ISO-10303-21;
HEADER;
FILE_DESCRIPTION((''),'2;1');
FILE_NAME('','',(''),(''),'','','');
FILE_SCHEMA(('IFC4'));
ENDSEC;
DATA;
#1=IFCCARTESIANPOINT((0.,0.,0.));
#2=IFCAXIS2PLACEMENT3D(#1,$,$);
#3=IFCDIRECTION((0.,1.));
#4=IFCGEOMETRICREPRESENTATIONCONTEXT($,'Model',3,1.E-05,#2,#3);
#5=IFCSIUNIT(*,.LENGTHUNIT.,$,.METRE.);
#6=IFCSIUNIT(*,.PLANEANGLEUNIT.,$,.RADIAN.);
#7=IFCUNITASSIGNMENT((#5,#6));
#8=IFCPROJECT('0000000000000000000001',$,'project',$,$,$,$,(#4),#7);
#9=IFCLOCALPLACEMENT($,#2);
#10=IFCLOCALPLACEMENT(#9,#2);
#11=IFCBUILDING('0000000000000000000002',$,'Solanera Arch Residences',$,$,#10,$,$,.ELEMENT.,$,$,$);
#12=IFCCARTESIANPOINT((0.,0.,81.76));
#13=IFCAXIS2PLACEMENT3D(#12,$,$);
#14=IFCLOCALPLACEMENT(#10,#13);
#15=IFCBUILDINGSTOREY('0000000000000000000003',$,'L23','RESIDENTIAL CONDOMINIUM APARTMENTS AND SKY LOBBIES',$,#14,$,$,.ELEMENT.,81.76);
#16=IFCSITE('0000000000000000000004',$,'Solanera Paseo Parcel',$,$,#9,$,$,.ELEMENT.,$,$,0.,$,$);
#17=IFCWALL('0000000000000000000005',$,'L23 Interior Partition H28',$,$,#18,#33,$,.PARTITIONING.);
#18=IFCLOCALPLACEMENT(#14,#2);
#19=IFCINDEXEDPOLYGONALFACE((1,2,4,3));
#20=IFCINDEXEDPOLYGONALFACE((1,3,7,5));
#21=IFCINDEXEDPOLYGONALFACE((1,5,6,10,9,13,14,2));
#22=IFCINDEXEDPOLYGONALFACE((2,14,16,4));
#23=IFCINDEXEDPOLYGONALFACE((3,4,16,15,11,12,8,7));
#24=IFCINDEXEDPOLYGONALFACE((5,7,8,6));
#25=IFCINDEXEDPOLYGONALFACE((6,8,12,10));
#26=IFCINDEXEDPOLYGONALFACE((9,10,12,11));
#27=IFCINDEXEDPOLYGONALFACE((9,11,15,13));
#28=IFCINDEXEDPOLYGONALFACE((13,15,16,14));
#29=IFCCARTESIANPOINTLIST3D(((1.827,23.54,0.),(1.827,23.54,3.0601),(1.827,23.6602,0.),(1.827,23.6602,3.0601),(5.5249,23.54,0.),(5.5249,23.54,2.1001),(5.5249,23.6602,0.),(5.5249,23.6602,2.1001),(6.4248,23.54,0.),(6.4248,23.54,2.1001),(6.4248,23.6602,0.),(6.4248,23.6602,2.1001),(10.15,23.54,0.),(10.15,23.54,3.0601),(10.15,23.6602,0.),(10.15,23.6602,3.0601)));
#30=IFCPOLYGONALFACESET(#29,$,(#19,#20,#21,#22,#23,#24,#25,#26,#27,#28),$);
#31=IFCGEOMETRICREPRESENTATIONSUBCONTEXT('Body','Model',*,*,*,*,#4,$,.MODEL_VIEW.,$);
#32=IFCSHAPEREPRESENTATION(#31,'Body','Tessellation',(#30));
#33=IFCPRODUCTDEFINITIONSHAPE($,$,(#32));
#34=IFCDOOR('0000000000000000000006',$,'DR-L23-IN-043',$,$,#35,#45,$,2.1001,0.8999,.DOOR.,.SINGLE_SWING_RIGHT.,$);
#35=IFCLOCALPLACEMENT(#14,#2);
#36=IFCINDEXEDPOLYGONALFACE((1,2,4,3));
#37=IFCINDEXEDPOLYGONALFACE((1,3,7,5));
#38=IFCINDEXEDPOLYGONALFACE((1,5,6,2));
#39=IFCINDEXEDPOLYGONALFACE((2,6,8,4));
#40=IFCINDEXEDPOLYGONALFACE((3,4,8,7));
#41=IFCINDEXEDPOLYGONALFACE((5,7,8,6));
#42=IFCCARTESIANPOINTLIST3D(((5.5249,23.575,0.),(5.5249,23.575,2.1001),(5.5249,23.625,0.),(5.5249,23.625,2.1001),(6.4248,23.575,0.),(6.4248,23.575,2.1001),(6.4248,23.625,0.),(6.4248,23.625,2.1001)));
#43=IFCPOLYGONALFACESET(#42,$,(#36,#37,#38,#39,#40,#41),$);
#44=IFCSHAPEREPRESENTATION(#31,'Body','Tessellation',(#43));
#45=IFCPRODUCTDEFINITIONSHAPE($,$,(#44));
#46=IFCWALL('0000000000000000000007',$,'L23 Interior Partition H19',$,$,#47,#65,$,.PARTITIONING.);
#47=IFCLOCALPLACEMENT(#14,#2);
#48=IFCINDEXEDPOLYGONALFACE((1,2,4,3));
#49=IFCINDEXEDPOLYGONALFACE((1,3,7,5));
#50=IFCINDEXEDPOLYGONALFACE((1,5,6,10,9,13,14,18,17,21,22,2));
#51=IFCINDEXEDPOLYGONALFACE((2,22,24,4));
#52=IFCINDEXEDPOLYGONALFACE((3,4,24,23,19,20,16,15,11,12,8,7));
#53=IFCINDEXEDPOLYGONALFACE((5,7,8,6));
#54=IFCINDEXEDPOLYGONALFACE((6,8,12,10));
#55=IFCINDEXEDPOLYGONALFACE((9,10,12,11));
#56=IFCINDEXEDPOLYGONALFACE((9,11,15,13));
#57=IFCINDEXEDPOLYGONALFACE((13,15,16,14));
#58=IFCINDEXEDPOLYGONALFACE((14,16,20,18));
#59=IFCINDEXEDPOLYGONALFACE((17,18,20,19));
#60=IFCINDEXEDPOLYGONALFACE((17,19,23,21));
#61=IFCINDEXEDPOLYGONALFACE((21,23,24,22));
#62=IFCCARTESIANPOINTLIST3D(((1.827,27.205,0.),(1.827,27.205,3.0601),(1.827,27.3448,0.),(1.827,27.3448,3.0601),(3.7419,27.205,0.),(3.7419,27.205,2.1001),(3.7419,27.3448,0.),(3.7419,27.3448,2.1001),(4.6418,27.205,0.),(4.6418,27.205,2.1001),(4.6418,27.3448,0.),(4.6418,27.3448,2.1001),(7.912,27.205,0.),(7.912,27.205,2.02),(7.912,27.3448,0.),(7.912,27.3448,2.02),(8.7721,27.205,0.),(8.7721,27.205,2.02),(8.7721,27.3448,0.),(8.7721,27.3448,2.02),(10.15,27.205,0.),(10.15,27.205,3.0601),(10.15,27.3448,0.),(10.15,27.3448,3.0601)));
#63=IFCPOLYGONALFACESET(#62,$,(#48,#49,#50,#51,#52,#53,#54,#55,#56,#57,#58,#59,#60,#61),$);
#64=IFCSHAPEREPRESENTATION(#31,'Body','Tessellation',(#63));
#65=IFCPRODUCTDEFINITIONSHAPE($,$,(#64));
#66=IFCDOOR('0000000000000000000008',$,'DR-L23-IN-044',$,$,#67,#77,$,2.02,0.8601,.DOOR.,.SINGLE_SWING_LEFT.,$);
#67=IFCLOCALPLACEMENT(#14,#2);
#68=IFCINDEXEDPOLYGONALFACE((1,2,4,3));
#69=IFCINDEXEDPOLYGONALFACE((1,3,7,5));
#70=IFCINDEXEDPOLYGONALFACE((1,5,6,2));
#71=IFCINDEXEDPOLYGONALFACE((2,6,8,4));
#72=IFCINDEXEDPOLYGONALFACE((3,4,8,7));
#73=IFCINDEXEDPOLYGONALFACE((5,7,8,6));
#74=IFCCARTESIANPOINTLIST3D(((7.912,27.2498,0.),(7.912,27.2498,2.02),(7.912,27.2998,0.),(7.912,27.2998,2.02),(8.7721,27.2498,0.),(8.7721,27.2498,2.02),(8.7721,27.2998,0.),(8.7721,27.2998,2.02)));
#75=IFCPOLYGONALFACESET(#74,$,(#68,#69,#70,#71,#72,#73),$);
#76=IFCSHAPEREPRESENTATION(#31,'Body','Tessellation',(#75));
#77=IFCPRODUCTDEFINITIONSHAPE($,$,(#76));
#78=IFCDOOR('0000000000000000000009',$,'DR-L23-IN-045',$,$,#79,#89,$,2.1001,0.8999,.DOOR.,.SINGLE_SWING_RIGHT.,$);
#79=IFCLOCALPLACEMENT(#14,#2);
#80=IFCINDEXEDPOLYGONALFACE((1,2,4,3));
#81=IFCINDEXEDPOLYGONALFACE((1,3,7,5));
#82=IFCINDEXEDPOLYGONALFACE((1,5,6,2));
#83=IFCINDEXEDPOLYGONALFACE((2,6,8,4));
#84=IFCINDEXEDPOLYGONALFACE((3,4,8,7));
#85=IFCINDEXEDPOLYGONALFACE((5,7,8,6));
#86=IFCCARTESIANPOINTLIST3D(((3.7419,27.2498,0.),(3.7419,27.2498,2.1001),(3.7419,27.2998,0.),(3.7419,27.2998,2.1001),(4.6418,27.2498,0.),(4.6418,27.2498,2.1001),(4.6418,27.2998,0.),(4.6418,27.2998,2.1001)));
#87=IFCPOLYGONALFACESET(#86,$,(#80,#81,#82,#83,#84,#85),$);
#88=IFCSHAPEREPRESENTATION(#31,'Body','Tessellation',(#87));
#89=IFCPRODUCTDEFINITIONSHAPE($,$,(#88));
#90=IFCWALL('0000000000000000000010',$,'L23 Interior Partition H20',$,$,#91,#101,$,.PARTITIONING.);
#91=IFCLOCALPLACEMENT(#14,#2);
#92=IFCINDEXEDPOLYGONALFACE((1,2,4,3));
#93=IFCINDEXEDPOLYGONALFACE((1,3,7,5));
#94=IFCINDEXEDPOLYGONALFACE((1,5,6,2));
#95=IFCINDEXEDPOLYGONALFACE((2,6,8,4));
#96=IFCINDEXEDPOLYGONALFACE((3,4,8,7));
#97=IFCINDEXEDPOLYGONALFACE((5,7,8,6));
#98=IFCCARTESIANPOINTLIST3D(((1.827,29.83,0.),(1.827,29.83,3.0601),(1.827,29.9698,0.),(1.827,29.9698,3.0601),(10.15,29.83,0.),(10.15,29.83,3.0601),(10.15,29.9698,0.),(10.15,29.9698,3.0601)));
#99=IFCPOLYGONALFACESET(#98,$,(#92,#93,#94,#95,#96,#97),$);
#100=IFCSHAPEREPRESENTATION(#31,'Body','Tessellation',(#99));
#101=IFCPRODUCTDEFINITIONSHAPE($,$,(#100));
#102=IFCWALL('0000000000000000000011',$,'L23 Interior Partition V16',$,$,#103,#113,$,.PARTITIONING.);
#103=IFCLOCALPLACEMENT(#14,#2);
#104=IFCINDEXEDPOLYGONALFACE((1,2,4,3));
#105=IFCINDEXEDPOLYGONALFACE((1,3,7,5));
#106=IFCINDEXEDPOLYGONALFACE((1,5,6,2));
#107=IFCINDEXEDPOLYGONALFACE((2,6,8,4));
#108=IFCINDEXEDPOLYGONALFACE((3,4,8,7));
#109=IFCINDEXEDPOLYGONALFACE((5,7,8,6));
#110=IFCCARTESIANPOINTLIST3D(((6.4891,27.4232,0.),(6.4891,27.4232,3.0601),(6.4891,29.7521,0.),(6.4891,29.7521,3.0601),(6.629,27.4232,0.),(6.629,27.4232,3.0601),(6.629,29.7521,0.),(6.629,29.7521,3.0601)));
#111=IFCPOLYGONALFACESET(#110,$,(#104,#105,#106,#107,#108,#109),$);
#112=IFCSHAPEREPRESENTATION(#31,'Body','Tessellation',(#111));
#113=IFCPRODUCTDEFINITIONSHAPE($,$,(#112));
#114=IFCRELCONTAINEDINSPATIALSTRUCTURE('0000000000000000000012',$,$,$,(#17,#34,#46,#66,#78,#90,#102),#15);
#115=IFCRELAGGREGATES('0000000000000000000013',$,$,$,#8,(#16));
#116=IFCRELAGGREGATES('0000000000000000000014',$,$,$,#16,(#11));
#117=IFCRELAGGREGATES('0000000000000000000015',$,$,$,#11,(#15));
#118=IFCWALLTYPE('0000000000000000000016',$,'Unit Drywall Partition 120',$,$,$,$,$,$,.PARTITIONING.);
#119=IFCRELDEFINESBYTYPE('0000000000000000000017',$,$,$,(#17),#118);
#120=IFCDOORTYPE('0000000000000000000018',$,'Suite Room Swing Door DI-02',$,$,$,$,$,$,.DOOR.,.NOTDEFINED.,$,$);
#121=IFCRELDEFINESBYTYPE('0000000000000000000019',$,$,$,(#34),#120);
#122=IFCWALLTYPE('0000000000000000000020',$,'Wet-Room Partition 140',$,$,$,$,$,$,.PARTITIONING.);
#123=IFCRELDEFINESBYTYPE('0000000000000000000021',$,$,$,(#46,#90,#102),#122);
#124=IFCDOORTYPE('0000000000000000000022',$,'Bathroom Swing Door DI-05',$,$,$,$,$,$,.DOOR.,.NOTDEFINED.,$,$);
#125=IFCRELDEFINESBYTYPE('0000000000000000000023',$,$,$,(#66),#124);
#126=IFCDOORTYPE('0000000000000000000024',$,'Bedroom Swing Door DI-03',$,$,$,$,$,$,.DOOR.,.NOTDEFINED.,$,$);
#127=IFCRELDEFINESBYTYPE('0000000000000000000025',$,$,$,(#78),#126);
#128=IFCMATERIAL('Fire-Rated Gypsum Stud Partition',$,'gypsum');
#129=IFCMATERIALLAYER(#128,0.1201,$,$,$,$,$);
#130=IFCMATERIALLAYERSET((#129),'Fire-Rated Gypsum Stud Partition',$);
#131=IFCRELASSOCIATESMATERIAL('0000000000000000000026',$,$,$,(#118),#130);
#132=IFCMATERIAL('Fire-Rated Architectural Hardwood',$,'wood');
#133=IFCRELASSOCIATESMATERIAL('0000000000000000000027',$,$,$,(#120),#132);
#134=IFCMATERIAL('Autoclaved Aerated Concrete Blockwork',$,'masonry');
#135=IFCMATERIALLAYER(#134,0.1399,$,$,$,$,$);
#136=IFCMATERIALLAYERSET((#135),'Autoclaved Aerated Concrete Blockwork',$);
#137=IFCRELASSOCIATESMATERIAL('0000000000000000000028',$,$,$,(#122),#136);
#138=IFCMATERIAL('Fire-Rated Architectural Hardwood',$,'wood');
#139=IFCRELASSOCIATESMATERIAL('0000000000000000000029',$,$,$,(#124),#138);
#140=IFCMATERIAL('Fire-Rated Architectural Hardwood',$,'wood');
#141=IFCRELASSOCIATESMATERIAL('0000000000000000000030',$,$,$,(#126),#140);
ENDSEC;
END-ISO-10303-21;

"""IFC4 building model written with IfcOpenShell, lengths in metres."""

from ifc_helpers import new_model, si_unit, direction, frame, frame_2d, origin, place, context, subcontext, project, spatial, rectangle, extrude, material, layer, layer_set, type_object, element, fill, save


model = new_model("IFC4")

# Units and contexts
model_context = context("Model", 3, precision=1e-05, world=origin(), true_north=direction((0.0, 1.0)))
body_context = subcontext(model_context, "Body", "Model", "MODEL_VIEW")
ifc_project = project(units=[si_unit("LENGTHUNIT", "METRE"), si_unit("PLANEANGLEUNIT", "RADIAN")], contexts=[model_context])

# Site, building, storey
site_placement = place(None, origin())
site = spatial("IfcSite", under=ifc_project, at=site_placement, Name="Solanera Paseo Parcel", CompositionType="ELEMENT", RefElevation=0.0)
building_placement = place(site_placement, origin())
building = spatial("IfcBuilding", under=site, at=building_placement, Name="Solanera Arch Residences", CompositionType="ELEMENT")
storey_placement = place(building_placement, frame((0.0, 0.0, 81.76)))
storey = spatial("IfcBuildingStorey", under=building, at=storey_placement, Name="L23", Description="RESIDENTIAL CONDOMINIUM APARTMENTS AND SKY LOBBIES", CompositionType="ELEMENT", Elevation=81.76)

# Wall, opening, door
ifc_material_1 = material(Name="Fire-Rated Gypsum Stud Partition", Category="gypsum")
ifc_layer_1 = layer(ifc_material_1, 0.1201)
ifc_layer_set_1 = layer_set([ifc_layer_1], Name="Fire-Rated Gypsum Stud Partition")
wall_type_1 = type_object("IfcWallType", Name="Unit Drywall Partition 120", PredefinedType="PARTITIONING", material=ifc_layer_set_1)
wall_1_placement = place(storey_placement, frame((1.8269, 23.6001, 0.0), z_axis=(0.0, 0.0, 1.0), x_axis=(1.0, 0.0, 0.0)))
wall_1 = element("IfcWall", 1, at=wall_1_placement, inside=storey, type_object=wall_type_1, Name="L23 Interior Partition H28", PredefinedType="PARTITIONING", context=body_context, shape_type="SweptSolid", body=[
    extrude(rectangle(XDim=8.323, YDim=0.1201, at=frame_2d((4.1616, 0.0))), origin(), (0.0, 0.0, 1.0), 3.0601),
])
opening_1_placement = place(wall_1_placement, frame((3.698, 0.0, 0.0)))
opening_1 = element("IfcOpeningElement", 2, at=opening_1_placement, cuts=wall_1, PredefinedType="OPENING", context=body_context, shape_type="SweptSolid", body=[
    extrude(rectangle(XDim=0.8999, YDim=2.1001, at=frame_2d((0.45, 1.05))), frame((0.0, 0.0701, 0.0), z_axis=(0.0, -1.0, 0.0), x_axis=(1.0, 0.0, 0.0)), (0.0, 0.0, 1.0), 0.1401),
])
ifc_material_2 = material(Name="Fire-Rated Architectural Hardwood", Category="wood")
door_type_1 = type_object("IfcDoorType", Name="Suite Room Swing Door DI-02", OperationType="NOTDEFINED", PredefinedType="DOOR", material=ifc_material_2)
door_1_placement = place(opening_1_placement, origin())
door_1 = element("IfcDoor", 3, at=door_1_placement, inside=storey, type_object=door_type_1, Name="DR-L23-IN-043", OperationType="SINGLE_SWING_RIGHT", OverallHeight=2.1001, OverallWidth=0.8999, PredefinedType="DOOR", context=body_context, shape_type="SweptSolid", body=[
    extrude(rectangle(XDim=0.8999, YDim=2.1001, at=frame_2d((0.45, 1.05))), frame((0.0, 0.0249, 0.0), z_axis=(0.0, -1.0, 0.0), x_axis=(1.0, 0.0, 0.0)), (0.0, 0.0, 1.0), 0.05),
])
fill(opening_1, door_1)

# Wall, openings, doors
ifc_material_3 = material(Name="Autoclaved Aerated Concrete Blockwork", Category="masonry")
ifc_layer_2 = layer(ifc_material_3, 0.1399)
ifc_layer_set_2 = layer_set([ifc_layer_2], Name="Autoclaved Aerated Concrete Blockwork")
wall_type_2 = type_object("IfcWallType", Name="Wet-Room Partition 140", PredefinedType="PARTITIONING", material=ifc_layer_set_2)
wall_2_placement = place(storey_placement, frame((1.8269, 27.2749, 0.0), z_axis=(0.0, 0.0, 1.0), x_axis=(1.0, 0.0, 0.0)))
wall_2 = element("IfcWall", 4, at=wall_2_placement, inside=storey, type_object=wall_type_2, Name="L23 Interior Partition H19", PredefinedType="PARTITIONING", context=body_context, shape_type="SweptSolid", body=[
    extrude(rectangle(XDim=8.323, YDim=0.1399, at=frame_2d((4.1616, 0.0))), origin(), (0.0, 0.0, 1.0), 3.0601),
])
opening_2_placement = place(wall_2_placement, frame((6.085, 0.0, 0.0)))
opening_2 = element("IfcOpeningElement", 5, at=opening_2_placement, cuts=wall_2, PredefinedType="OPENING", context=body_context, shape_type="SweptSolid", body=[
    extrude(rectangle(XDim=0.8601, YDim=2.02, at=frame_2d((0.4302, 1.01))), frame((0.0, 0.0798, 0.0), z_axis=(0.0, -1.0, 0.0), x_axis=(1.0, 0.0, 0.0)), (0.0, 0.0, 1.0), 0.1599),
])
opening_3_placement = place(wall_2_placement, frame((1.915, 0.0, 0.0)))
opening_3 = element("IfcOpeningElement", 6, at=opening_3_placement, cuts=wall_2, PredefinedType="OPENING", context=body_context, shape_type="SweptSolid", body=[
    extrude(rectangle(XDim=0.8999, YDim=2.1001, at=frame_2d((0.45, 1.05))), frame((0.0, 0.0798, 0.0), z_axis=(0.0, -1.0, 0.0), x_axis=(1.0, 0.0, 0.0)), (0.0, 0.0, 1.0), 0.1599),
])
ifc_material_4 = material(Name="Fire-Rated Architectural Hardwood", Category="wood")
door_type_2 = type_object("IfcDoorType", Name="Bathroom Swing Door DI-05", OperationType="NOTDEFINED", PredefinedType="DOOR", material=ifc_material_4)
door_2_placement = place(opening_2_placement, origin())
door_2 = element("IfcDoor", 7, at=door_2_placement, inside=storey, type_object=door_type_2, Name="DR-L23-IN-044", OperationType="SINGLE_SWING_LEFT", OverallHeight=2.02, OverallWidth=0.8601, PredefinedType="DOOR", context=body_context, shape_type="SweptSolid", body=[
    extrude(rectangle(XDim=0.8601, YDim=2.02, at=frame_2d((0.4302, 1.01))), frame((0.0, 0.0249, 0.0), z_axis=(0.0, -1.0, 0.0), x_axis=(1.0, 0.0, 0.0)), (0.0, 0.0, 1.0), 0.05),
])
fill(opening_2, door_2)
ifc_material_5 = material(Name="Fire-Rated Architectural Hardwood", Category="wood")
door_type_3 = type_object("IfcDoorType", Name="Bedroom Swing Door DI-03", OperationType="NOTDEFINED", PredefinedType="DOOR", material=ifc_material_5)
door_3_placement = place(opening_3_placement, origin())
door_3 = element("IfcDoor", 8, at=door_3_placement, inside=storey, type_object=door_type_3, Name="DR-L23-IN-045", OperationType="SINGLE_SWING_RIGHT", OverallHeight=2.1001, OverallWidth=0.8999, PredefinedType="DOOR", context=body_context, shape_type="SweptSolid", body=[
    extrude(rectangle(XDim=0.8999, YDim=2.1001, at=frame_2d((0.45, 1.05))), frame((0.0, 0.0249, 0.0), z_axis=(0.0, -1.0, 0.0), x_axis=(1.0, 0.0, 0.0)), (0.0, 0.0, 1.0), 0.05),
])
fill(opening_3, door_3)

# Walls
wall_3_placement = place(storey_placement, frame((1.8269, 29.8999, 0.0), z_axis=(0.0, 0.0, 1.0), x_axis=(1.0, 0.0, 0.0)))
element("IfcWall", 9, at=wall_3_placement, inside=storey, type_object=wall_type_2, Name="L23 Interior Partition H20", PredefinedType="PARTITIONING", context=body_context, shape_type="SweptSolid", body=[
    extrude(rectangle(XDim=8.323, YDim=0.1399, at=frame_2d((4.1616, 0.0))), origin(), (0.0, 0.0, 1.0), 3.0601),
])
wall_4_placement = place(storey_placement, frame((6.5591, 27.4231, 0.0), z_axis=(0.0, 0.0, 1.0), x_axis=(0.0, 1.0, 0.0)))
element("IfcWall", 10, at=wall_4_placement, inside=storey, type_object=wall_type_2, Name="L23 Interior Partition V16", PredefinedType="PARTITIONING", context=body_context, shape_type="SweptSolid", body=[
    extrude(rectangle(XDim=2.3289, YDim=0.1399, at=frame_2d((1.1646, 0.0))), origin(), (0.0, 0.0, 1.0), 3.0601),
])

save(model, "model.ifc")
